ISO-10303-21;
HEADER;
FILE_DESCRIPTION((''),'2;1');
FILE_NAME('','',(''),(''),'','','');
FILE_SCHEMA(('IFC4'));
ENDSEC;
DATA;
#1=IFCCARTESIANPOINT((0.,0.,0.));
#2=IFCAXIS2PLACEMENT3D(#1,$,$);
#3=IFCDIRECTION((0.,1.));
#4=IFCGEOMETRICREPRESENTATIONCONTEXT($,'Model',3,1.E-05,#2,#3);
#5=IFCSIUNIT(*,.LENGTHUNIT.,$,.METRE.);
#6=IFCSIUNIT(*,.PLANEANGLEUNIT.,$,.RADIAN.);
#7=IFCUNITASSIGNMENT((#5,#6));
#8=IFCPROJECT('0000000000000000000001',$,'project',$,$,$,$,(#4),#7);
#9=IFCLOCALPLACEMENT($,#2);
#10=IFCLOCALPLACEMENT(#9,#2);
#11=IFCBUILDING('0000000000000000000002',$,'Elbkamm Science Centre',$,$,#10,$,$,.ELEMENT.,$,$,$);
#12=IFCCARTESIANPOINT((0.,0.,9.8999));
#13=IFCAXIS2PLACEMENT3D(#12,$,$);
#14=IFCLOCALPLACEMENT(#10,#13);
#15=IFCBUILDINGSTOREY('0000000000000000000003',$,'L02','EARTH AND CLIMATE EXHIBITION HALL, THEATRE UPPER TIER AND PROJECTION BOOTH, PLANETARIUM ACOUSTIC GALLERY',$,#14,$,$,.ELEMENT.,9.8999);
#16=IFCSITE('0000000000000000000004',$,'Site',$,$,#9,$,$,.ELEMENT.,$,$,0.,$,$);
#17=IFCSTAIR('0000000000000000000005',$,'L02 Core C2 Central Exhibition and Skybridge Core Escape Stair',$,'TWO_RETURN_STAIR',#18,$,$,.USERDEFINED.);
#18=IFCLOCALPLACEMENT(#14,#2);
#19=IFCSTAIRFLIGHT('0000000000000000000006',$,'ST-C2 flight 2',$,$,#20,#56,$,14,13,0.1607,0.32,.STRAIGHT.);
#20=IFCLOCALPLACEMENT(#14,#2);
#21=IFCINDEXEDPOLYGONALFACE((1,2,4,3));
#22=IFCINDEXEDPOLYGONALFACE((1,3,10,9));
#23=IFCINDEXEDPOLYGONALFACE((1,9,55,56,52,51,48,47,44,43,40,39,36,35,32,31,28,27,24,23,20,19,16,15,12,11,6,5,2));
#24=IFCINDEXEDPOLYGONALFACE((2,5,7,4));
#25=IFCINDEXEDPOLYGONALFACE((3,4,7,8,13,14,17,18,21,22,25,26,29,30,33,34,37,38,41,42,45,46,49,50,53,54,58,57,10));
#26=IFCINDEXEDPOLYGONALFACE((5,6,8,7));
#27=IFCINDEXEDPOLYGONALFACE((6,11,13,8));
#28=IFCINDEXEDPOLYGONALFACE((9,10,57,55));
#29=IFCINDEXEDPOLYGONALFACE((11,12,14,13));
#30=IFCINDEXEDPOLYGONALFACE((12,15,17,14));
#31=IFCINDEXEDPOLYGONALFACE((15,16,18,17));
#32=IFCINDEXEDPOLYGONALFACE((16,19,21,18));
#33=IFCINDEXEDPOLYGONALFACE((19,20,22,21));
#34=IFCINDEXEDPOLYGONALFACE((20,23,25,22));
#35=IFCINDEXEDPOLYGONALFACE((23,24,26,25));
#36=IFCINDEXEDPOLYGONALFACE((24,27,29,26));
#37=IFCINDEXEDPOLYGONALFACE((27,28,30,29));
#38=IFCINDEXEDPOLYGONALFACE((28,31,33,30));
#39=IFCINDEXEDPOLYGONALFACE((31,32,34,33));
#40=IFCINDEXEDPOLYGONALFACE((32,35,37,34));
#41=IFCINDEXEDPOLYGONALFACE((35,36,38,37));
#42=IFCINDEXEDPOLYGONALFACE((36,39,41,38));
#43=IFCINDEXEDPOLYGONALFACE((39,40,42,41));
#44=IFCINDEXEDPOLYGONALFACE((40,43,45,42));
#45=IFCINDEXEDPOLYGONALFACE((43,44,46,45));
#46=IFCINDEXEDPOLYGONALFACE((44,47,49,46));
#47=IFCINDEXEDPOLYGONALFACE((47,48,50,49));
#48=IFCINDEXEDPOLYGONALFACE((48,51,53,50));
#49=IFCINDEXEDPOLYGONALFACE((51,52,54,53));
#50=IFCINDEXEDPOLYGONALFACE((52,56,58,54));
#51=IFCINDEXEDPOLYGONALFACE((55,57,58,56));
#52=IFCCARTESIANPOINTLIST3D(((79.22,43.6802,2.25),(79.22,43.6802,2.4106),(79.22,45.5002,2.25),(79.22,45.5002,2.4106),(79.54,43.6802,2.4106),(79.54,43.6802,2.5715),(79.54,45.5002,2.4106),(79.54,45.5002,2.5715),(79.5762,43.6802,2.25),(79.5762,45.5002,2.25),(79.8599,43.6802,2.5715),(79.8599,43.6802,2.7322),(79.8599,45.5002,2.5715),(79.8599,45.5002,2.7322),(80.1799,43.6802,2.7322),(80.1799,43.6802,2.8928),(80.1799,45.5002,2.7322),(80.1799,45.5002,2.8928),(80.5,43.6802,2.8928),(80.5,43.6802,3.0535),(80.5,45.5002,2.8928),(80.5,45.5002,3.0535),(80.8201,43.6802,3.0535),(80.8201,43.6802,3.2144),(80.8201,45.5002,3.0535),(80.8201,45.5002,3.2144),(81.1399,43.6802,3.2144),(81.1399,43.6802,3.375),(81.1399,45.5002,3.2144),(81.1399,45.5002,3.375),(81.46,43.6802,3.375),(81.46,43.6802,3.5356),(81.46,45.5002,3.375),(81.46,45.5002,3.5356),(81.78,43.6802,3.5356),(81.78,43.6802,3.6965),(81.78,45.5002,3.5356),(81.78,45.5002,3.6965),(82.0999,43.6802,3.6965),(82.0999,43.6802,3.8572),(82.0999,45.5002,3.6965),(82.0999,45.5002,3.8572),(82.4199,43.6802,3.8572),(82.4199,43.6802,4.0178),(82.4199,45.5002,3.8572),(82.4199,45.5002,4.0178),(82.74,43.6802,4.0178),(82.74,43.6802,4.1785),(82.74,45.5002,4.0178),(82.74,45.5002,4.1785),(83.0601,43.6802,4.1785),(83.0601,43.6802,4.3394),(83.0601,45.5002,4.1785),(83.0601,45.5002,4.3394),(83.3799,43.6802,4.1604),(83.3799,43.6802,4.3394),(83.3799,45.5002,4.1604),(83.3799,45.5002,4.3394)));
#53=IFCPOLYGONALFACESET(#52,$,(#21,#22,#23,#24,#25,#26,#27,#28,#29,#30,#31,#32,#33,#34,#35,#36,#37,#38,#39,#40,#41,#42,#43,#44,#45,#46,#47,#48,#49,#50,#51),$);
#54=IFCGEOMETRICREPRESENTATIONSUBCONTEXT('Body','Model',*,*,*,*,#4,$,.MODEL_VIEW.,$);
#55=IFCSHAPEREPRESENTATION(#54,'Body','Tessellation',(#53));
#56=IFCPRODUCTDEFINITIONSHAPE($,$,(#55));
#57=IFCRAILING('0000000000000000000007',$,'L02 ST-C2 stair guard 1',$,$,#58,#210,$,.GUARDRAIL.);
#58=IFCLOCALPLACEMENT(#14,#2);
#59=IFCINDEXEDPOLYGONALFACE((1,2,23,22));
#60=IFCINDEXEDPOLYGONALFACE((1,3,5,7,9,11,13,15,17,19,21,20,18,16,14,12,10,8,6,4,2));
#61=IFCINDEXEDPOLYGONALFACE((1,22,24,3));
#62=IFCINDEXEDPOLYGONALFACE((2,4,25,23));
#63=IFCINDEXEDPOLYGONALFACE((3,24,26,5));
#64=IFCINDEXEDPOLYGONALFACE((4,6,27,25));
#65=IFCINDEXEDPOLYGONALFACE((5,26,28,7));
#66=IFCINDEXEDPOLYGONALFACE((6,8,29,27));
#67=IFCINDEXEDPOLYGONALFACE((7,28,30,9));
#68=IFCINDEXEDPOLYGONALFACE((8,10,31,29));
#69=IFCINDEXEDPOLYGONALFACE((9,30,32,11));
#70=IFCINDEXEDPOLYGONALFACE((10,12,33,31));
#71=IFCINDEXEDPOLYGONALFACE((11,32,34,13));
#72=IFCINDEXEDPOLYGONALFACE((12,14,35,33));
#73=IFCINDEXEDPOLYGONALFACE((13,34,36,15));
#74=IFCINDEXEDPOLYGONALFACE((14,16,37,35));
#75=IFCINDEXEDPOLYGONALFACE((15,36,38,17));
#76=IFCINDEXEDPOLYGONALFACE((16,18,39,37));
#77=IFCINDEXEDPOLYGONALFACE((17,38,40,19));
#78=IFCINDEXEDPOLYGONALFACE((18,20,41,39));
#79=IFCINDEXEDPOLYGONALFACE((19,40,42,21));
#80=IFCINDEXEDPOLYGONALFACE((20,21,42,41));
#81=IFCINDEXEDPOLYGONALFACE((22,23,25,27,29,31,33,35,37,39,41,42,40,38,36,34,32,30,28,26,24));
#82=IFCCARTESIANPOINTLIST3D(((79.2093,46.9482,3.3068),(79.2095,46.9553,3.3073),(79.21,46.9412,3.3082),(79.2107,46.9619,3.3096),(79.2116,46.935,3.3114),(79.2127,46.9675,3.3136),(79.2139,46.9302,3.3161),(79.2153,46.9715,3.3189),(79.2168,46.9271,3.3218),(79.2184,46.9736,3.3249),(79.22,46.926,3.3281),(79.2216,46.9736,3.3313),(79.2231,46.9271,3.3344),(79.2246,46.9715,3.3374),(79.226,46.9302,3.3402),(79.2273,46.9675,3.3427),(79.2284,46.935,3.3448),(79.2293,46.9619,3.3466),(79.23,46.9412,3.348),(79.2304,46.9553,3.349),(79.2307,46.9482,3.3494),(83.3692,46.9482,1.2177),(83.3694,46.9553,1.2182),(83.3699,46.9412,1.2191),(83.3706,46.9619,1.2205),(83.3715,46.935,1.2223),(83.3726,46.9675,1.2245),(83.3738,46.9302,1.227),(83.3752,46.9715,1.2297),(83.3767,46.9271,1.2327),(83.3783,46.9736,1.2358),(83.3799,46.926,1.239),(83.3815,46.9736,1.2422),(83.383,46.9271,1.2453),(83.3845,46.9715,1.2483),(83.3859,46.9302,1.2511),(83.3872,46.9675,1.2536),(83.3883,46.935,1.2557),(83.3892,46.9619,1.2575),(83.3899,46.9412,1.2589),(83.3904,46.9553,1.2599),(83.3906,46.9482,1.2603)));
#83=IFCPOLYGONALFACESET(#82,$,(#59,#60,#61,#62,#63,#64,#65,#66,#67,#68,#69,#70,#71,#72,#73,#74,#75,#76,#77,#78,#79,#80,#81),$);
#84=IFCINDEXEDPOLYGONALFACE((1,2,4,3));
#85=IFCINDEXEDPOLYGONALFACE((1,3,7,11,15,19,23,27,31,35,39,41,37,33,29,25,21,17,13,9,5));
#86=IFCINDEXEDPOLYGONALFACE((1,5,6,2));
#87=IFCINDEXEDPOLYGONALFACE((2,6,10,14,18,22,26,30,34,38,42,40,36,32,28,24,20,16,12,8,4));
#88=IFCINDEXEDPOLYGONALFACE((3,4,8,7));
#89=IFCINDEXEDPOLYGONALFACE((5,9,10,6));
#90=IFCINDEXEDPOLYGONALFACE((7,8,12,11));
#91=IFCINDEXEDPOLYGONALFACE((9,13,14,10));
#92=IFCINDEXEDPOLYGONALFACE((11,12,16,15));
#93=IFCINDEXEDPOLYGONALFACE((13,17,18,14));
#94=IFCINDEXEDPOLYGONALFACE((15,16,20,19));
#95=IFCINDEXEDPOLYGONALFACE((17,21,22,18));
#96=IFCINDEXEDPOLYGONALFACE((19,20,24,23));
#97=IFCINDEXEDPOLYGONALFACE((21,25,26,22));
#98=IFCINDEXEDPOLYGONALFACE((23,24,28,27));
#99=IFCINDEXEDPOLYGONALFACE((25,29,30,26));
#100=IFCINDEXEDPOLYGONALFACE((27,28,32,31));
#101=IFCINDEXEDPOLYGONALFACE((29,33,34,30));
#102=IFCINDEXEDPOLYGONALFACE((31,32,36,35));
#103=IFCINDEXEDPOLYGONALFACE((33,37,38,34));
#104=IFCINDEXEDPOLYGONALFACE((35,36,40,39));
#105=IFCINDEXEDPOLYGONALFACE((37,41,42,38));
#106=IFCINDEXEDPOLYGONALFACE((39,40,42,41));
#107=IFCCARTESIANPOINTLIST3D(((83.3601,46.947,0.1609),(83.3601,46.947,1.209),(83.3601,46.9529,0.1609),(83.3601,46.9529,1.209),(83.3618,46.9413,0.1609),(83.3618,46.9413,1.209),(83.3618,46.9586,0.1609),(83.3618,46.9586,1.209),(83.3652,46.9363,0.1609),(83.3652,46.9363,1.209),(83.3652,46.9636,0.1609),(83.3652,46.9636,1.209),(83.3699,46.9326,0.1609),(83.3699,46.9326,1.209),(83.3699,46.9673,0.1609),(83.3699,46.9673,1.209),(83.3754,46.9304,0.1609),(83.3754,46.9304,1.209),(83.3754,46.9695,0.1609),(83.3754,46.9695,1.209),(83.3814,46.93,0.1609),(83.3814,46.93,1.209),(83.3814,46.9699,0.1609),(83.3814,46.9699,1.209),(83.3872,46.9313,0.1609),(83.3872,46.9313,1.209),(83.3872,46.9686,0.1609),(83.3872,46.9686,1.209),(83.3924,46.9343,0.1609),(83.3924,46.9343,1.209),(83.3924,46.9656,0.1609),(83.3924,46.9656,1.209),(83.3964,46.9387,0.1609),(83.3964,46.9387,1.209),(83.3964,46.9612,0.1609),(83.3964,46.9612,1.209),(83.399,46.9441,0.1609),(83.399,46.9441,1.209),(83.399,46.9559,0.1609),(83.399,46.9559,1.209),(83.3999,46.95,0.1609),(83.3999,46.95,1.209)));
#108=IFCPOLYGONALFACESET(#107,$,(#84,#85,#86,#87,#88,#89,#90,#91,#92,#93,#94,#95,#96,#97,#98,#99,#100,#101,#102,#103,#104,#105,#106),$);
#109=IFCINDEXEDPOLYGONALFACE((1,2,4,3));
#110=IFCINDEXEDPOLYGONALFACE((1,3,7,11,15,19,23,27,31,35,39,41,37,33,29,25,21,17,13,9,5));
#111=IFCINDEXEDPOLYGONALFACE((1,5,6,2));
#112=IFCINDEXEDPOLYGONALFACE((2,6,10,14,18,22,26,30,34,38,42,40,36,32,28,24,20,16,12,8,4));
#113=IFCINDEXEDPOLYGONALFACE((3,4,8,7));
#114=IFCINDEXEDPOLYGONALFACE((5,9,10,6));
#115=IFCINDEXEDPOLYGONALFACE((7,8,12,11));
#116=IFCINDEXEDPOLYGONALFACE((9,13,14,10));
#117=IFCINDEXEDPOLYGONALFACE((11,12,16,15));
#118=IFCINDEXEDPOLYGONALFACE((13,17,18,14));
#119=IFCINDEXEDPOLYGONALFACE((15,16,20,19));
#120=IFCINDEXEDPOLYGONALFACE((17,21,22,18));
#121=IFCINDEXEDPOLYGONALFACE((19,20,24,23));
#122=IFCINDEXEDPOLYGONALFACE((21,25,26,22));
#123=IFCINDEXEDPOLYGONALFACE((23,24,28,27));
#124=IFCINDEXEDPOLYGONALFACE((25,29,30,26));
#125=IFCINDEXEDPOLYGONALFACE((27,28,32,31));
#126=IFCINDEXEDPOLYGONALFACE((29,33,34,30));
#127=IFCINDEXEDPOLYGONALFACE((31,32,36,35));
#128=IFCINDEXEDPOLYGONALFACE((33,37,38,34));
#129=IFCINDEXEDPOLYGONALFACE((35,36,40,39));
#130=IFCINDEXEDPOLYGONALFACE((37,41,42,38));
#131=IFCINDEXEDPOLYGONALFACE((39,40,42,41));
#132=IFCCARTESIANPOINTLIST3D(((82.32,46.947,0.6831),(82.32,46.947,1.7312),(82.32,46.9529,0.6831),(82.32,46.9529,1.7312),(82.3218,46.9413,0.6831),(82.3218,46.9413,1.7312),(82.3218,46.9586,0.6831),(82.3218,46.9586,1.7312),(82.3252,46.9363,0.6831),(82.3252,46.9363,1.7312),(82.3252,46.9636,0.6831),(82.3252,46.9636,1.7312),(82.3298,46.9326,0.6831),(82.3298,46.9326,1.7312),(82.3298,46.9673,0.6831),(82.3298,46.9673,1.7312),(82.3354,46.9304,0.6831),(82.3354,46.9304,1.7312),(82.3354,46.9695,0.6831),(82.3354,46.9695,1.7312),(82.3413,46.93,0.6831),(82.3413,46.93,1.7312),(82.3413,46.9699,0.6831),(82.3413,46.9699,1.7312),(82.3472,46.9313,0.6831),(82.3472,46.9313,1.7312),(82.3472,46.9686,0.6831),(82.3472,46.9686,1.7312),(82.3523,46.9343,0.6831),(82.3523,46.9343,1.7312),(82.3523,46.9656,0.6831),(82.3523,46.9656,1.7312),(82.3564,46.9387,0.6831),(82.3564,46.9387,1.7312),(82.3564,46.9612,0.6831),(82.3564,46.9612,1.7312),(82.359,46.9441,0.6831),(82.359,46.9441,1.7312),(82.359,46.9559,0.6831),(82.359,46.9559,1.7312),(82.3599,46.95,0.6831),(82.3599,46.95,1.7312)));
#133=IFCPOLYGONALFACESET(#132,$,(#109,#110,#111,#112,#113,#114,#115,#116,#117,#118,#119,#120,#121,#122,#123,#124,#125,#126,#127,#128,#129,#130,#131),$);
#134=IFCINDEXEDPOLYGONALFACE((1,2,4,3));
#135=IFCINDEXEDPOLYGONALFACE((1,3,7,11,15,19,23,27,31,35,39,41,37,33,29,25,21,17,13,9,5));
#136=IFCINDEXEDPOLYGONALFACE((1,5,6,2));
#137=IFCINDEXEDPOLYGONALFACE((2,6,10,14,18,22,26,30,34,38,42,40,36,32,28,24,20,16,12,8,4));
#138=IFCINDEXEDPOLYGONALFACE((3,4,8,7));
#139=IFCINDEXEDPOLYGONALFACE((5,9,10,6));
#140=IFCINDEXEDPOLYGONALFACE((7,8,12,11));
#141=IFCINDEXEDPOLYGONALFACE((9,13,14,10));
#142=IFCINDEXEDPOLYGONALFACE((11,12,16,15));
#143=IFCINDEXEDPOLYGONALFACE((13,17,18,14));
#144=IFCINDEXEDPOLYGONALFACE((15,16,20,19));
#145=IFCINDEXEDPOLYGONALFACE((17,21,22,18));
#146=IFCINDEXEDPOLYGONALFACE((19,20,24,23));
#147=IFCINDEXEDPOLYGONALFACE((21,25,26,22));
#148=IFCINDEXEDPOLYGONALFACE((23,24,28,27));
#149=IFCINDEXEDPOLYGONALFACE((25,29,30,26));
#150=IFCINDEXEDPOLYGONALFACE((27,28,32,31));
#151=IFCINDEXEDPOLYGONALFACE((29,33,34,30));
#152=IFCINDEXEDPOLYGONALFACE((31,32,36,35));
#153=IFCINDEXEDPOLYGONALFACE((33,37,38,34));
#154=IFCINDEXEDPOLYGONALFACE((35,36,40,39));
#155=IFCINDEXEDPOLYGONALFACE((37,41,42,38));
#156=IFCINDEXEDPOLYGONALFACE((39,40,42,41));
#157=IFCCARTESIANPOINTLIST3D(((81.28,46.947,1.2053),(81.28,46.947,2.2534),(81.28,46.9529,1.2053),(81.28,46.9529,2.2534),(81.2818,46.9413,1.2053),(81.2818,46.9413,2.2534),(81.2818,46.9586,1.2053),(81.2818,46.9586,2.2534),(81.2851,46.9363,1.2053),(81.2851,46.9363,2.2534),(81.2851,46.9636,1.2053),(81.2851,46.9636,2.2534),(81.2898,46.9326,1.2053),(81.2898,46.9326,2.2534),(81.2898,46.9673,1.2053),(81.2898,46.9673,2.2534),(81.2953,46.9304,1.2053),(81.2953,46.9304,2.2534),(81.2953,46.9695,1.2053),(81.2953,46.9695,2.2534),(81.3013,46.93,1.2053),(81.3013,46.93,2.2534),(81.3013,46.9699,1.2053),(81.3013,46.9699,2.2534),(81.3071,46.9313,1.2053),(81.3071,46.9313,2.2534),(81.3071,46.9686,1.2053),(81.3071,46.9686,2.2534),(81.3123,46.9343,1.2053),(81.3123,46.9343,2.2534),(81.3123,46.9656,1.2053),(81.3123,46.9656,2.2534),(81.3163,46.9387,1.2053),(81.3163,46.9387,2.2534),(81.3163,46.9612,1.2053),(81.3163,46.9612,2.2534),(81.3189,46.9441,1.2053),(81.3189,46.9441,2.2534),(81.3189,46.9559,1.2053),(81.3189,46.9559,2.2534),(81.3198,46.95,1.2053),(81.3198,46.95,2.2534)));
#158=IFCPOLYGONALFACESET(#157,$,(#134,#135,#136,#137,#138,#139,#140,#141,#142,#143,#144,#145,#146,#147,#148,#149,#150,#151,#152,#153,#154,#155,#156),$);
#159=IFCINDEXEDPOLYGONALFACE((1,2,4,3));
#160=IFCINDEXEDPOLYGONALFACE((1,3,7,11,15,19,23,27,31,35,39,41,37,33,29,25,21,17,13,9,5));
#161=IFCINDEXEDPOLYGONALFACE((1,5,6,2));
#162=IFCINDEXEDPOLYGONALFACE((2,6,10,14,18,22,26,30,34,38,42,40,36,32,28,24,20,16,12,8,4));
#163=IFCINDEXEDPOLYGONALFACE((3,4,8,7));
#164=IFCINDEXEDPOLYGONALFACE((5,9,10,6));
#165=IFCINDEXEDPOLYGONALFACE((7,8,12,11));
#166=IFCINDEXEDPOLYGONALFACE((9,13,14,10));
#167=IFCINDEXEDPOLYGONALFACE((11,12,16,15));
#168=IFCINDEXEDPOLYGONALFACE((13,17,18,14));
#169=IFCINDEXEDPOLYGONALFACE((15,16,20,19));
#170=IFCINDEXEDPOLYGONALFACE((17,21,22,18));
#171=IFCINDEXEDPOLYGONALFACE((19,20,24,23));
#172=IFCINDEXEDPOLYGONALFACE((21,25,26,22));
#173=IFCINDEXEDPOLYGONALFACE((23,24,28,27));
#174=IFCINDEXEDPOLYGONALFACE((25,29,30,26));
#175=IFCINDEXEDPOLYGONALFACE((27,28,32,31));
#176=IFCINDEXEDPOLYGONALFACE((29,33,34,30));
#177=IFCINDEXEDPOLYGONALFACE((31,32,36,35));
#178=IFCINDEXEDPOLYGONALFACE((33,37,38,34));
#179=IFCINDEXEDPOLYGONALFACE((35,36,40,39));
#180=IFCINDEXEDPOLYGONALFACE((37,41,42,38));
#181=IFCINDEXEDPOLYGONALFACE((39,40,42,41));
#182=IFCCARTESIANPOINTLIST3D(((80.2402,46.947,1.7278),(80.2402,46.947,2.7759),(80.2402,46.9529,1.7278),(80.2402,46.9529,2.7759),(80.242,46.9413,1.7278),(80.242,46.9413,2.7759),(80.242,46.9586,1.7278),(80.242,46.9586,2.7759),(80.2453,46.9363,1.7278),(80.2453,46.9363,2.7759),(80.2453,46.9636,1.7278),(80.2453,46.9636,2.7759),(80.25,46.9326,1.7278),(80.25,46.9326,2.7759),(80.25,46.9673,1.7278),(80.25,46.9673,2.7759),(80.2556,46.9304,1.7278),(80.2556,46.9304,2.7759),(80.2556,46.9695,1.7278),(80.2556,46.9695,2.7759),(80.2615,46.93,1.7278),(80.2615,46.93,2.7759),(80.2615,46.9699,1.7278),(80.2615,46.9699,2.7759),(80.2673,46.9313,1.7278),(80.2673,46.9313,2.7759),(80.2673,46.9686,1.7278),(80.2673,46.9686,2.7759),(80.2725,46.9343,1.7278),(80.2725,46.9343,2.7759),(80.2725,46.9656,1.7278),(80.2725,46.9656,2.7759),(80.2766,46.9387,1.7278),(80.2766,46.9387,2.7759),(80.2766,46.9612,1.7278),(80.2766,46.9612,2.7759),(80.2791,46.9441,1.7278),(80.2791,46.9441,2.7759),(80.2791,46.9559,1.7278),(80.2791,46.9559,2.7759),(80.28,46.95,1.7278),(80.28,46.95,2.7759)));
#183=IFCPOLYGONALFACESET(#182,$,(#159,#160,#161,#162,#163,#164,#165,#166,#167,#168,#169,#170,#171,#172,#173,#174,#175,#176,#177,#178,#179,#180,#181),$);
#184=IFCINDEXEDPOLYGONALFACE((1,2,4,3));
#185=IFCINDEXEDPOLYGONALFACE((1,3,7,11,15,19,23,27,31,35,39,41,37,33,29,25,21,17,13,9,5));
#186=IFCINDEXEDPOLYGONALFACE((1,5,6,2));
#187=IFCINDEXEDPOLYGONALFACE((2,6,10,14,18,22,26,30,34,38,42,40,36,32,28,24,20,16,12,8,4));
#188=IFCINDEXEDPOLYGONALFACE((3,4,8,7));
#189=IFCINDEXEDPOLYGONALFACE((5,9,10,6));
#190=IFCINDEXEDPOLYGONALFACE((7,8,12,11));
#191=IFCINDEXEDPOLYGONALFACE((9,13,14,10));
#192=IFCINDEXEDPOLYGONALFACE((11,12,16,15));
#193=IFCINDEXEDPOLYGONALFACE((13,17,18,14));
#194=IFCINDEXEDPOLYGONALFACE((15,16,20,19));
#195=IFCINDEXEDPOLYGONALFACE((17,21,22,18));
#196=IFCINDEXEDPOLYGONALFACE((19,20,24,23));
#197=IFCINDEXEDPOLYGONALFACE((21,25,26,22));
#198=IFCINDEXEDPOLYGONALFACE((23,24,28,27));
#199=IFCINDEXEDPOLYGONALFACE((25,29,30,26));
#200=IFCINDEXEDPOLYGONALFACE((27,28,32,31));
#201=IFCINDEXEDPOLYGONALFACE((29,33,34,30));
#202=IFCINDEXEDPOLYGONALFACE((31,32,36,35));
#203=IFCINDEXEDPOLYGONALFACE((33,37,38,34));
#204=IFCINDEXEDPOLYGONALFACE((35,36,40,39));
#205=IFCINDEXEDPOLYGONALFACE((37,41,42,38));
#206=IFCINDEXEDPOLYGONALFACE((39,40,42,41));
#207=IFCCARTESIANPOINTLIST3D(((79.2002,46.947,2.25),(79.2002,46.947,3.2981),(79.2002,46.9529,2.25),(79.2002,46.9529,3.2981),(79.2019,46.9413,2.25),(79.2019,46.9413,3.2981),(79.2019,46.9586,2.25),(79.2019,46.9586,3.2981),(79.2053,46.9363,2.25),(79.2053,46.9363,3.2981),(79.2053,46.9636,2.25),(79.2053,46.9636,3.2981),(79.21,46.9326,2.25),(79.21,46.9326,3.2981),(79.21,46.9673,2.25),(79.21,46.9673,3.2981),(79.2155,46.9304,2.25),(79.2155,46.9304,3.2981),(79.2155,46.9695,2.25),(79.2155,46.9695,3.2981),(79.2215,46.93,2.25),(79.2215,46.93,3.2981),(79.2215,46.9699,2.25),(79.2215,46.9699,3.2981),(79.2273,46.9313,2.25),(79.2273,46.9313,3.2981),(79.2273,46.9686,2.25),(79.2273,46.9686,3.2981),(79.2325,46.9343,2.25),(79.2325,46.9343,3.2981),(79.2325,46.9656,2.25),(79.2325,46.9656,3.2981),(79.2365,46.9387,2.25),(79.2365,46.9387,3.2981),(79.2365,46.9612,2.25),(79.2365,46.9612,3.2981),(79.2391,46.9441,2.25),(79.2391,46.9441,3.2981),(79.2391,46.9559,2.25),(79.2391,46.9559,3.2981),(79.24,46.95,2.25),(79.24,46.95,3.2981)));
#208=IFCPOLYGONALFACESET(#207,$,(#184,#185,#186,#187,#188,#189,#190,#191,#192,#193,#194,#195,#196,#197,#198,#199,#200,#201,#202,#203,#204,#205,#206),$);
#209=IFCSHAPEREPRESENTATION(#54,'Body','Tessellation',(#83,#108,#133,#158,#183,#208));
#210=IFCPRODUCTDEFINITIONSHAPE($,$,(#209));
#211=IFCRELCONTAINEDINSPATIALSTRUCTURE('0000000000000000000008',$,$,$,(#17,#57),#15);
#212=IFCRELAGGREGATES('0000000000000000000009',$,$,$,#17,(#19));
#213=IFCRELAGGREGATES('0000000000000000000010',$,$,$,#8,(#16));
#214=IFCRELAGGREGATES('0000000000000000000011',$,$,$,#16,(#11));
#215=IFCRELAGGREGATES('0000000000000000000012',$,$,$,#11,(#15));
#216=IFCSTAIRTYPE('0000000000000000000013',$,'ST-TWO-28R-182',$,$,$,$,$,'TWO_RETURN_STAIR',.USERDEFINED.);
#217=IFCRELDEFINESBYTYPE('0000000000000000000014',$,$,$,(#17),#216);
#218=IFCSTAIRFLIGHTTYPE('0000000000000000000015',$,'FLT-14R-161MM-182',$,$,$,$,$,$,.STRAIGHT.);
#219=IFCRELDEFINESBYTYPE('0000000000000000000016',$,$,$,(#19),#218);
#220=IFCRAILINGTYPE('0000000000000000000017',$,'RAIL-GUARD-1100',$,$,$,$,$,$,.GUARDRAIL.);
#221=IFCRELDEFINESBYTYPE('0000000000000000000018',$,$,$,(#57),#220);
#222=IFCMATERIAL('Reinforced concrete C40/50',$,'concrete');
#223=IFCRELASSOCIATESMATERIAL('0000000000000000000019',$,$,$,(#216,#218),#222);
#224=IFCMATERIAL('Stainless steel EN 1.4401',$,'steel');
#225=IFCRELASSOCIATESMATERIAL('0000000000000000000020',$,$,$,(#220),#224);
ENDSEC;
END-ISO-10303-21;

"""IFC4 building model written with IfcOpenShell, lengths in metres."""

from ifc_helpers import new_model, si_unit, direction, frame, origin, origin_2d, place, context, subcontext, project, spatial, polyline, circle, outline, extrude, material, type_object, element, aggregate, save


model = new_model("IFC4")

# Units and contexts
model_context = context("Model", 3, precision=1e-05, world=origin(), true_north=direction((0.0, 1.0)))
body_context = subcontext(model_context, "Body", "Model", "MODEL_VIEW")
ifc_project = project(units=[si_unit("LENGTHUNIT", "METRE"), si_unit("PLANEANGLEUNIT", "RADIAN")], contexts=[model_context])

# Site, building, storey
site_placement = place(None, origin())
site = spatial("IfcSite", under=ifc_project, at=site_placement, Name="Site", CompositionType="ELEMENT", RefElevation=0.0)
building_placement = place(site_placement, origin())
building = spatial("IfcBuilding", under=site, at=building_placement, Name="Elbkamm Science Centre", CompositionType="ELEMENT")
storey_placement = place(building_placement, frame((0.0, 0.0, 9.8999)))
storey = spatial("IfcBuildingStorey", under=building, at=storey_placement, Name="L02", Description="EARTH AND CLIMATE EXHIBITION HALL, THEATRE UPPER TIER AND PROJECTION BOOTH, PLANETARIUM ACOUSTIC GALLERY", CompositionType="ELEMENT", Elevation=9.8999)

# Shared definitions
ifc_material_1 = material(Name="Reinforced concrete C40/50", Category="concrete")

# Stair, stair flight
stair_type = type_object("IfcStairType", Name="ST-TWO-28R-182", ElementType="TWO_RETURN_STAIR", PredefinedType="USERDEFINED", material=ifc_material_1)
stair_placement = place(storey_placement, origin())
stair = element("IfcStair", 1, at=stair_placement, inside=storey, type_object=stair_type, Name="L02 Core C2 Central Exhibition and Skybridge Core Escape Stair", ObjectType="TWO_RETURN_STAIR", PredefinedType="USERDEFINED")
stair_flight_type = type_object("IfcStairFlightType", Name="FLT-14R-161MM-182", PredefinedType="STRAIGHT", material=ifc_material_1)
stair_flight_1_placement = place(storey_placement, frame((79.22, 44.5901, 2.25), z_axis=(0.0, 0.0, 1.0), x_axis=(1.0, 0.0, 0.0)))
stair_flight_1 = element("IfcStairFlight", 2, at=stair_flight_1_placement, type_object=stair_flight_type, Name="ST-C2 flight 2", NumberOfRisers=14, NumberOfTreads=13, PredefinedType="STRAIGHT", RiserHeight=0.1607, TreadLength=0.32, context=body_context, shape_type="SweptSolid", body=[
    extrude(outline(polyline([(0.0, 0.0), (0.0, 0.1606), (0.3201, 0.1606), (0.3201, 0.3215), (0.6399, 0.3215), (0.6399, 0.4822), (0.96, 0.4822), (0.96, 0.6428), (1.28, 0.6428), (1.28, 0.8035), (1.6001, 0.8035), (1.6001, 0.9644), (1.9199, 0.9644), (1.9199, 1.125), (2.24, 1.125), (2.24, 1.2856), (2.5601, 1.2856), (2.5601, 1.4465), (2.8799, 1.4465), (2.8799, 1.6072), (3.2, 1.6072), (3.2, 1.7678), (3.52, 1.7678), (3.52, 1.9285), (3.8401, 1.9285), (3.8401, 2.0894), (4.1599, 2.0894), (4.1599, 2.25), (4.1599, 1.9104), (0.3562, 0.0), (0.0, 0.0)])), frame((0.0, 0.9102, 0.0), z_axis=(0.0, -1.0, 0.0), x_axis=(1.0, 0.0, 0.0)), (0.0, 0.0, 1.0), 1.8201),
])
aggregate(stair, [stair_flight_1])

# Railing
ifc_material_2 = material(Name="Stainless steel EN 1.4401", Category="steel")
railing_type_1 = type_object("IfcRailingType", Name="RAIL-GUARD-1100", PredefinedType="GUARDRAIL", material=ifc_material_2)
railing_1_placement = place(storey_placement, frame((83.3799, 46.95, 0.1609)))
element("IfcRailing", 3, at=railing_1_placement, inside=storey, type_object=railing_type_1, Name="L02 ST-C2 stair guard 1", PredefinedType="GUARDRAIL", context=body_context, shape_type="SweptSolid", body=[
    extrude(circle(Radius=0.0239, at=origin_2d()), frame((0.0, 0.0, 1.0781), z_axis=(-0.893639, 0.0, 0.448786), x_axis=(0.0, -1.0, 0.0)), (0.0, 0.0, 1.0), 4.655),
    extrude(circle(Radius=0.02, at=origin_2d()), origin(), (0.0, 0.0, 1.0), 1.0481),
    extrude(circle(Radius=0.02, at=origin_2d()), frame((-1.04, 0.0, 0.5222)), (0.0, 0.0, 1.0), 1.0481),
    extrude(circle(Radius=0.02, at=origin_2d()), frame((-2.0801, 0.0, 1.0444)), (0.0, 0.0, 1.0), 1.0481),
    extrude(circle(Radius=0.02, at=origin_2d()), frame((-3.1199, 0.0, 1.5669)), (0.0, 0.0, 1.0), 1.0481),
    extrude(circle(Radius=0.02, at=origin_2d()), frame((-4.1599, 0.0, 2.0891)), (0.0, 0.0, 1.0), 1.0481),
])

save(model, "model.ifc")
